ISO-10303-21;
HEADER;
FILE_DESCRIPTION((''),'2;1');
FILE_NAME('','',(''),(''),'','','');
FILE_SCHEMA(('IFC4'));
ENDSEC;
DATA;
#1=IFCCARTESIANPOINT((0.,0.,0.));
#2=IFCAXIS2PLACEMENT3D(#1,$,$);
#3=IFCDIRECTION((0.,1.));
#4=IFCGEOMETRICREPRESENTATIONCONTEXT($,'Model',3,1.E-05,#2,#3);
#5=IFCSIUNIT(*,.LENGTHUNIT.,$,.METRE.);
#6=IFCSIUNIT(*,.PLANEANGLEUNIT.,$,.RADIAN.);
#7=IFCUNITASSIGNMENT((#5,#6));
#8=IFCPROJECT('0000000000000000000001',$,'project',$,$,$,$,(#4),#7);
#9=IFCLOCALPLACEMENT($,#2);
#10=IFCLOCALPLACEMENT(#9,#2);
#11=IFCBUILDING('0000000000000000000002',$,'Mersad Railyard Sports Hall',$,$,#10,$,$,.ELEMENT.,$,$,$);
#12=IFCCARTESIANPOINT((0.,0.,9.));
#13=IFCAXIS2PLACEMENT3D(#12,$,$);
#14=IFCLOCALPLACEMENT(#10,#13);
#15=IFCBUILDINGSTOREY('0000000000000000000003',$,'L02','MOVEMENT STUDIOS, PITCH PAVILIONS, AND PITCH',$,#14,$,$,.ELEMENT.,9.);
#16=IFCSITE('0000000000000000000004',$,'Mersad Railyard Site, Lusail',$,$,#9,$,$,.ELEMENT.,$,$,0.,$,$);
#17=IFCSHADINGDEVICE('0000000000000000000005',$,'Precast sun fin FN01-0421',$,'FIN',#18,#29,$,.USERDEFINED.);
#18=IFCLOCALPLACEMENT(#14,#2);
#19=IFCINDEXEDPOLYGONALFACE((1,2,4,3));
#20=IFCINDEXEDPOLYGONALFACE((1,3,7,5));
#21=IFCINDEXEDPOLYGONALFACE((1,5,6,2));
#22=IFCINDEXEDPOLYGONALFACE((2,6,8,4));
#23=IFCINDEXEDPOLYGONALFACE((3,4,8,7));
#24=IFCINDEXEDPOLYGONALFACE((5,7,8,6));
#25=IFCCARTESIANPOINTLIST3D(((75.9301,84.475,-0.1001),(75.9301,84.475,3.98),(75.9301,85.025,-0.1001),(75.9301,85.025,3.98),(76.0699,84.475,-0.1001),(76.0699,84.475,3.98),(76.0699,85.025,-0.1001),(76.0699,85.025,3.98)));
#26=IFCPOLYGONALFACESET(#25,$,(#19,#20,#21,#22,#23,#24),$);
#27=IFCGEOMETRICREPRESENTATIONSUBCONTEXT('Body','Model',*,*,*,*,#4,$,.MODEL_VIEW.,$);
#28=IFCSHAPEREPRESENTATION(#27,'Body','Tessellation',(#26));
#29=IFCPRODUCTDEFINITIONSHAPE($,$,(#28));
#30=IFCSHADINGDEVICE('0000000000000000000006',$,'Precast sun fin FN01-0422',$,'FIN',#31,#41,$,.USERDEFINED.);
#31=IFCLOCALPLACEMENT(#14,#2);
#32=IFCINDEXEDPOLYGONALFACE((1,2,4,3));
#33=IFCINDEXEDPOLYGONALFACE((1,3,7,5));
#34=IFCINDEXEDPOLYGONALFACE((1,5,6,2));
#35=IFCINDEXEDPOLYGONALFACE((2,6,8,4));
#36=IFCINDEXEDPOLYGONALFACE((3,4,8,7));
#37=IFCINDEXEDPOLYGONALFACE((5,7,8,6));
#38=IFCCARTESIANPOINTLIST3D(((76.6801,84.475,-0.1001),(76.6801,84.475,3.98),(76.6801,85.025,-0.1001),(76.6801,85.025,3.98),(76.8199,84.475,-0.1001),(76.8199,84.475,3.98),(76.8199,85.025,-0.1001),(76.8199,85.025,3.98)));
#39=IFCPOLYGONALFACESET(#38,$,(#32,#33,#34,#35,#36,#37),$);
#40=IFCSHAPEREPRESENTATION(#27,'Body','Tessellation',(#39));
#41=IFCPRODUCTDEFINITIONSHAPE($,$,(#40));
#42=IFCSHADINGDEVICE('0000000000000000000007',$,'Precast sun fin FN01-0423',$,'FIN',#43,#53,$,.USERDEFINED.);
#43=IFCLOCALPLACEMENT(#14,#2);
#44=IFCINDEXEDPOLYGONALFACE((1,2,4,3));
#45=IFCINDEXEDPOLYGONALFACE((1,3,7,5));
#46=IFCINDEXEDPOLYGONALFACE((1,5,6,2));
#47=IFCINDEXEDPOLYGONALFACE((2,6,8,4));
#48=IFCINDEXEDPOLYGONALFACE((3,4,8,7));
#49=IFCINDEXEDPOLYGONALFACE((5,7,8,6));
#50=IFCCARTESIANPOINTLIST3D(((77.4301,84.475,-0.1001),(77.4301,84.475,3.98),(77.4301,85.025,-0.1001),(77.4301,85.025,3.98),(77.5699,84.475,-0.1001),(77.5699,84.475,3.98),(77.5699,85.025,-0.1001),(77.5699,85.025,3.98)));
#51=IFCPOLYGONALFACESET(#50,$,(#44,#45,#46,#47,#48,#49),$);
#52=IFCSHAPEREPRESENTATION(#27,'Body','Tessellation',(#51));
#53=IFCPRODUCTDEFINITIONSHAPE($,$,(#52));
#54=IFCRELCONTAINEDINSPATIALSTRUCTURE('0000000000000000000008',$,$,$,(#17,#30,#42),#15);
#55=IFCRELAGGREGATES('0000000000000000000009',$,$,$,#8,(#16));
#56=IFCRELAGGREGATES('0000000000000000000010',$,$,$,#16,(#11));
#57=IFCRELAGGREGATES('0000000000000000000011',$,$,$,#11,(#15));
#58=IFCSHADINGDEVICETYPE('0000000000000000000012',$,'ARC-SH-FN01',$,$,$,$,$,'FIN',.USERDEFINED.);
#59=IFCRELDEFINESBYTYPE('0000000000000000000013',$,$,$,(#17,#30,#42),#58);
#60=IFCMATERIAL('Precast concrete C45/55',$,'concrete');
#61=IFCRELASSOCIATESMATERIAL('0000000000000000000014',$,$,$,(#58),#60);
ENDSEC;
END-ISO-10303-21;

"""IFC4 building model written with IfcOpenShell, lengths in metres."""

from ifc_helpers import new_model, si_unit, direction, frame, origin, origin_2d, place, context, subcontext, project, spatial, rectangle, extrude, material, type_object, element, save


model = new_model("IFC4")

# Units and contexts
model_context = context("Model", 3, precision=1e-05, world=origin(), true_north=direction((0.0, 1.0)))
body_context = subcontext(model_context, "Body", "Model", "MODEL_VIEW")
ifc_project = project(units=[si_unit("LENGTHUNIT", "METRE"), si_unit("PLANEANGLEUNIT", "RADIAN")], contexts=[model_context])

# Site, building, storey
site_placement = place(None, origin())
site = spatial("IfcSite", under=ifc_project, at=site_placement, Name="Mersad Railyard Site, Lusail", CompositionType="ELEMENT", RefElevation=0.0)
building_placement = place(site_placement, origin())
building = spatial("IfcBuilding", under=site, at=building_placement, Name="Mersad Railyard Sports Hall", CompositionType="ELEMENT")
storey_placement = place(building_placement, frame((0.0, 0.0, 9.0)))
storey = spatial("IfcBuildingStorey", under=building, at=storey_placement, Name="L02", Description="MOVEMENT STUDIOS, PITCH PAVILIONS, AND PITCH", CompositionType="ELEMENT", Elevation=9.0)

# Shading devices
ifc_material = material(Name="Precast concrete C45/55", Category="concrete")
shading_device_type = type_object("IfcShadingDeviceType", Name="ARC-SH-FN01", ElementType="FIN", PredefinedType="USERDEFINED", material=ifc_material)
for number, where, z_axis, x_axis, name in (
    (1, (76.0, 84.75, -0.1001), (0.0, 0.0, 1.0), (1.0, 0.0, 0.0), "Precast sun fin FN01-0421"),
    (2, (76.75, 84.75, -0.1001), (0.0, 0.0, 1.0), (1.0, 0.0, 0.0), "Precast sun fin FN01-0422"),
    (3, (77.5, 84.75, -0.1001), (0.0, 0.0, 1.0), (1.0, 0.0, 0.0), "Precast sun fin FN01-0423"),
):
    element("IfcShadingDevice", number, at=place(storey_placement, frame(where, z_axis=z_axis, x_axis=x_axis)), inside=storey, type_object=shading_device_type, Name=name, ObjectType="FIN", PredefinedType="USERDEFINED", context=body_context, shape_type="SweptSolid", body=[
        extrude(rectangle(XDim=0.1399, YDim=0.55, at=origin_2d()), origin(), (0.0, 0.0, 1.0), 4.0801),
    ])

save(model, "model.ifc")
